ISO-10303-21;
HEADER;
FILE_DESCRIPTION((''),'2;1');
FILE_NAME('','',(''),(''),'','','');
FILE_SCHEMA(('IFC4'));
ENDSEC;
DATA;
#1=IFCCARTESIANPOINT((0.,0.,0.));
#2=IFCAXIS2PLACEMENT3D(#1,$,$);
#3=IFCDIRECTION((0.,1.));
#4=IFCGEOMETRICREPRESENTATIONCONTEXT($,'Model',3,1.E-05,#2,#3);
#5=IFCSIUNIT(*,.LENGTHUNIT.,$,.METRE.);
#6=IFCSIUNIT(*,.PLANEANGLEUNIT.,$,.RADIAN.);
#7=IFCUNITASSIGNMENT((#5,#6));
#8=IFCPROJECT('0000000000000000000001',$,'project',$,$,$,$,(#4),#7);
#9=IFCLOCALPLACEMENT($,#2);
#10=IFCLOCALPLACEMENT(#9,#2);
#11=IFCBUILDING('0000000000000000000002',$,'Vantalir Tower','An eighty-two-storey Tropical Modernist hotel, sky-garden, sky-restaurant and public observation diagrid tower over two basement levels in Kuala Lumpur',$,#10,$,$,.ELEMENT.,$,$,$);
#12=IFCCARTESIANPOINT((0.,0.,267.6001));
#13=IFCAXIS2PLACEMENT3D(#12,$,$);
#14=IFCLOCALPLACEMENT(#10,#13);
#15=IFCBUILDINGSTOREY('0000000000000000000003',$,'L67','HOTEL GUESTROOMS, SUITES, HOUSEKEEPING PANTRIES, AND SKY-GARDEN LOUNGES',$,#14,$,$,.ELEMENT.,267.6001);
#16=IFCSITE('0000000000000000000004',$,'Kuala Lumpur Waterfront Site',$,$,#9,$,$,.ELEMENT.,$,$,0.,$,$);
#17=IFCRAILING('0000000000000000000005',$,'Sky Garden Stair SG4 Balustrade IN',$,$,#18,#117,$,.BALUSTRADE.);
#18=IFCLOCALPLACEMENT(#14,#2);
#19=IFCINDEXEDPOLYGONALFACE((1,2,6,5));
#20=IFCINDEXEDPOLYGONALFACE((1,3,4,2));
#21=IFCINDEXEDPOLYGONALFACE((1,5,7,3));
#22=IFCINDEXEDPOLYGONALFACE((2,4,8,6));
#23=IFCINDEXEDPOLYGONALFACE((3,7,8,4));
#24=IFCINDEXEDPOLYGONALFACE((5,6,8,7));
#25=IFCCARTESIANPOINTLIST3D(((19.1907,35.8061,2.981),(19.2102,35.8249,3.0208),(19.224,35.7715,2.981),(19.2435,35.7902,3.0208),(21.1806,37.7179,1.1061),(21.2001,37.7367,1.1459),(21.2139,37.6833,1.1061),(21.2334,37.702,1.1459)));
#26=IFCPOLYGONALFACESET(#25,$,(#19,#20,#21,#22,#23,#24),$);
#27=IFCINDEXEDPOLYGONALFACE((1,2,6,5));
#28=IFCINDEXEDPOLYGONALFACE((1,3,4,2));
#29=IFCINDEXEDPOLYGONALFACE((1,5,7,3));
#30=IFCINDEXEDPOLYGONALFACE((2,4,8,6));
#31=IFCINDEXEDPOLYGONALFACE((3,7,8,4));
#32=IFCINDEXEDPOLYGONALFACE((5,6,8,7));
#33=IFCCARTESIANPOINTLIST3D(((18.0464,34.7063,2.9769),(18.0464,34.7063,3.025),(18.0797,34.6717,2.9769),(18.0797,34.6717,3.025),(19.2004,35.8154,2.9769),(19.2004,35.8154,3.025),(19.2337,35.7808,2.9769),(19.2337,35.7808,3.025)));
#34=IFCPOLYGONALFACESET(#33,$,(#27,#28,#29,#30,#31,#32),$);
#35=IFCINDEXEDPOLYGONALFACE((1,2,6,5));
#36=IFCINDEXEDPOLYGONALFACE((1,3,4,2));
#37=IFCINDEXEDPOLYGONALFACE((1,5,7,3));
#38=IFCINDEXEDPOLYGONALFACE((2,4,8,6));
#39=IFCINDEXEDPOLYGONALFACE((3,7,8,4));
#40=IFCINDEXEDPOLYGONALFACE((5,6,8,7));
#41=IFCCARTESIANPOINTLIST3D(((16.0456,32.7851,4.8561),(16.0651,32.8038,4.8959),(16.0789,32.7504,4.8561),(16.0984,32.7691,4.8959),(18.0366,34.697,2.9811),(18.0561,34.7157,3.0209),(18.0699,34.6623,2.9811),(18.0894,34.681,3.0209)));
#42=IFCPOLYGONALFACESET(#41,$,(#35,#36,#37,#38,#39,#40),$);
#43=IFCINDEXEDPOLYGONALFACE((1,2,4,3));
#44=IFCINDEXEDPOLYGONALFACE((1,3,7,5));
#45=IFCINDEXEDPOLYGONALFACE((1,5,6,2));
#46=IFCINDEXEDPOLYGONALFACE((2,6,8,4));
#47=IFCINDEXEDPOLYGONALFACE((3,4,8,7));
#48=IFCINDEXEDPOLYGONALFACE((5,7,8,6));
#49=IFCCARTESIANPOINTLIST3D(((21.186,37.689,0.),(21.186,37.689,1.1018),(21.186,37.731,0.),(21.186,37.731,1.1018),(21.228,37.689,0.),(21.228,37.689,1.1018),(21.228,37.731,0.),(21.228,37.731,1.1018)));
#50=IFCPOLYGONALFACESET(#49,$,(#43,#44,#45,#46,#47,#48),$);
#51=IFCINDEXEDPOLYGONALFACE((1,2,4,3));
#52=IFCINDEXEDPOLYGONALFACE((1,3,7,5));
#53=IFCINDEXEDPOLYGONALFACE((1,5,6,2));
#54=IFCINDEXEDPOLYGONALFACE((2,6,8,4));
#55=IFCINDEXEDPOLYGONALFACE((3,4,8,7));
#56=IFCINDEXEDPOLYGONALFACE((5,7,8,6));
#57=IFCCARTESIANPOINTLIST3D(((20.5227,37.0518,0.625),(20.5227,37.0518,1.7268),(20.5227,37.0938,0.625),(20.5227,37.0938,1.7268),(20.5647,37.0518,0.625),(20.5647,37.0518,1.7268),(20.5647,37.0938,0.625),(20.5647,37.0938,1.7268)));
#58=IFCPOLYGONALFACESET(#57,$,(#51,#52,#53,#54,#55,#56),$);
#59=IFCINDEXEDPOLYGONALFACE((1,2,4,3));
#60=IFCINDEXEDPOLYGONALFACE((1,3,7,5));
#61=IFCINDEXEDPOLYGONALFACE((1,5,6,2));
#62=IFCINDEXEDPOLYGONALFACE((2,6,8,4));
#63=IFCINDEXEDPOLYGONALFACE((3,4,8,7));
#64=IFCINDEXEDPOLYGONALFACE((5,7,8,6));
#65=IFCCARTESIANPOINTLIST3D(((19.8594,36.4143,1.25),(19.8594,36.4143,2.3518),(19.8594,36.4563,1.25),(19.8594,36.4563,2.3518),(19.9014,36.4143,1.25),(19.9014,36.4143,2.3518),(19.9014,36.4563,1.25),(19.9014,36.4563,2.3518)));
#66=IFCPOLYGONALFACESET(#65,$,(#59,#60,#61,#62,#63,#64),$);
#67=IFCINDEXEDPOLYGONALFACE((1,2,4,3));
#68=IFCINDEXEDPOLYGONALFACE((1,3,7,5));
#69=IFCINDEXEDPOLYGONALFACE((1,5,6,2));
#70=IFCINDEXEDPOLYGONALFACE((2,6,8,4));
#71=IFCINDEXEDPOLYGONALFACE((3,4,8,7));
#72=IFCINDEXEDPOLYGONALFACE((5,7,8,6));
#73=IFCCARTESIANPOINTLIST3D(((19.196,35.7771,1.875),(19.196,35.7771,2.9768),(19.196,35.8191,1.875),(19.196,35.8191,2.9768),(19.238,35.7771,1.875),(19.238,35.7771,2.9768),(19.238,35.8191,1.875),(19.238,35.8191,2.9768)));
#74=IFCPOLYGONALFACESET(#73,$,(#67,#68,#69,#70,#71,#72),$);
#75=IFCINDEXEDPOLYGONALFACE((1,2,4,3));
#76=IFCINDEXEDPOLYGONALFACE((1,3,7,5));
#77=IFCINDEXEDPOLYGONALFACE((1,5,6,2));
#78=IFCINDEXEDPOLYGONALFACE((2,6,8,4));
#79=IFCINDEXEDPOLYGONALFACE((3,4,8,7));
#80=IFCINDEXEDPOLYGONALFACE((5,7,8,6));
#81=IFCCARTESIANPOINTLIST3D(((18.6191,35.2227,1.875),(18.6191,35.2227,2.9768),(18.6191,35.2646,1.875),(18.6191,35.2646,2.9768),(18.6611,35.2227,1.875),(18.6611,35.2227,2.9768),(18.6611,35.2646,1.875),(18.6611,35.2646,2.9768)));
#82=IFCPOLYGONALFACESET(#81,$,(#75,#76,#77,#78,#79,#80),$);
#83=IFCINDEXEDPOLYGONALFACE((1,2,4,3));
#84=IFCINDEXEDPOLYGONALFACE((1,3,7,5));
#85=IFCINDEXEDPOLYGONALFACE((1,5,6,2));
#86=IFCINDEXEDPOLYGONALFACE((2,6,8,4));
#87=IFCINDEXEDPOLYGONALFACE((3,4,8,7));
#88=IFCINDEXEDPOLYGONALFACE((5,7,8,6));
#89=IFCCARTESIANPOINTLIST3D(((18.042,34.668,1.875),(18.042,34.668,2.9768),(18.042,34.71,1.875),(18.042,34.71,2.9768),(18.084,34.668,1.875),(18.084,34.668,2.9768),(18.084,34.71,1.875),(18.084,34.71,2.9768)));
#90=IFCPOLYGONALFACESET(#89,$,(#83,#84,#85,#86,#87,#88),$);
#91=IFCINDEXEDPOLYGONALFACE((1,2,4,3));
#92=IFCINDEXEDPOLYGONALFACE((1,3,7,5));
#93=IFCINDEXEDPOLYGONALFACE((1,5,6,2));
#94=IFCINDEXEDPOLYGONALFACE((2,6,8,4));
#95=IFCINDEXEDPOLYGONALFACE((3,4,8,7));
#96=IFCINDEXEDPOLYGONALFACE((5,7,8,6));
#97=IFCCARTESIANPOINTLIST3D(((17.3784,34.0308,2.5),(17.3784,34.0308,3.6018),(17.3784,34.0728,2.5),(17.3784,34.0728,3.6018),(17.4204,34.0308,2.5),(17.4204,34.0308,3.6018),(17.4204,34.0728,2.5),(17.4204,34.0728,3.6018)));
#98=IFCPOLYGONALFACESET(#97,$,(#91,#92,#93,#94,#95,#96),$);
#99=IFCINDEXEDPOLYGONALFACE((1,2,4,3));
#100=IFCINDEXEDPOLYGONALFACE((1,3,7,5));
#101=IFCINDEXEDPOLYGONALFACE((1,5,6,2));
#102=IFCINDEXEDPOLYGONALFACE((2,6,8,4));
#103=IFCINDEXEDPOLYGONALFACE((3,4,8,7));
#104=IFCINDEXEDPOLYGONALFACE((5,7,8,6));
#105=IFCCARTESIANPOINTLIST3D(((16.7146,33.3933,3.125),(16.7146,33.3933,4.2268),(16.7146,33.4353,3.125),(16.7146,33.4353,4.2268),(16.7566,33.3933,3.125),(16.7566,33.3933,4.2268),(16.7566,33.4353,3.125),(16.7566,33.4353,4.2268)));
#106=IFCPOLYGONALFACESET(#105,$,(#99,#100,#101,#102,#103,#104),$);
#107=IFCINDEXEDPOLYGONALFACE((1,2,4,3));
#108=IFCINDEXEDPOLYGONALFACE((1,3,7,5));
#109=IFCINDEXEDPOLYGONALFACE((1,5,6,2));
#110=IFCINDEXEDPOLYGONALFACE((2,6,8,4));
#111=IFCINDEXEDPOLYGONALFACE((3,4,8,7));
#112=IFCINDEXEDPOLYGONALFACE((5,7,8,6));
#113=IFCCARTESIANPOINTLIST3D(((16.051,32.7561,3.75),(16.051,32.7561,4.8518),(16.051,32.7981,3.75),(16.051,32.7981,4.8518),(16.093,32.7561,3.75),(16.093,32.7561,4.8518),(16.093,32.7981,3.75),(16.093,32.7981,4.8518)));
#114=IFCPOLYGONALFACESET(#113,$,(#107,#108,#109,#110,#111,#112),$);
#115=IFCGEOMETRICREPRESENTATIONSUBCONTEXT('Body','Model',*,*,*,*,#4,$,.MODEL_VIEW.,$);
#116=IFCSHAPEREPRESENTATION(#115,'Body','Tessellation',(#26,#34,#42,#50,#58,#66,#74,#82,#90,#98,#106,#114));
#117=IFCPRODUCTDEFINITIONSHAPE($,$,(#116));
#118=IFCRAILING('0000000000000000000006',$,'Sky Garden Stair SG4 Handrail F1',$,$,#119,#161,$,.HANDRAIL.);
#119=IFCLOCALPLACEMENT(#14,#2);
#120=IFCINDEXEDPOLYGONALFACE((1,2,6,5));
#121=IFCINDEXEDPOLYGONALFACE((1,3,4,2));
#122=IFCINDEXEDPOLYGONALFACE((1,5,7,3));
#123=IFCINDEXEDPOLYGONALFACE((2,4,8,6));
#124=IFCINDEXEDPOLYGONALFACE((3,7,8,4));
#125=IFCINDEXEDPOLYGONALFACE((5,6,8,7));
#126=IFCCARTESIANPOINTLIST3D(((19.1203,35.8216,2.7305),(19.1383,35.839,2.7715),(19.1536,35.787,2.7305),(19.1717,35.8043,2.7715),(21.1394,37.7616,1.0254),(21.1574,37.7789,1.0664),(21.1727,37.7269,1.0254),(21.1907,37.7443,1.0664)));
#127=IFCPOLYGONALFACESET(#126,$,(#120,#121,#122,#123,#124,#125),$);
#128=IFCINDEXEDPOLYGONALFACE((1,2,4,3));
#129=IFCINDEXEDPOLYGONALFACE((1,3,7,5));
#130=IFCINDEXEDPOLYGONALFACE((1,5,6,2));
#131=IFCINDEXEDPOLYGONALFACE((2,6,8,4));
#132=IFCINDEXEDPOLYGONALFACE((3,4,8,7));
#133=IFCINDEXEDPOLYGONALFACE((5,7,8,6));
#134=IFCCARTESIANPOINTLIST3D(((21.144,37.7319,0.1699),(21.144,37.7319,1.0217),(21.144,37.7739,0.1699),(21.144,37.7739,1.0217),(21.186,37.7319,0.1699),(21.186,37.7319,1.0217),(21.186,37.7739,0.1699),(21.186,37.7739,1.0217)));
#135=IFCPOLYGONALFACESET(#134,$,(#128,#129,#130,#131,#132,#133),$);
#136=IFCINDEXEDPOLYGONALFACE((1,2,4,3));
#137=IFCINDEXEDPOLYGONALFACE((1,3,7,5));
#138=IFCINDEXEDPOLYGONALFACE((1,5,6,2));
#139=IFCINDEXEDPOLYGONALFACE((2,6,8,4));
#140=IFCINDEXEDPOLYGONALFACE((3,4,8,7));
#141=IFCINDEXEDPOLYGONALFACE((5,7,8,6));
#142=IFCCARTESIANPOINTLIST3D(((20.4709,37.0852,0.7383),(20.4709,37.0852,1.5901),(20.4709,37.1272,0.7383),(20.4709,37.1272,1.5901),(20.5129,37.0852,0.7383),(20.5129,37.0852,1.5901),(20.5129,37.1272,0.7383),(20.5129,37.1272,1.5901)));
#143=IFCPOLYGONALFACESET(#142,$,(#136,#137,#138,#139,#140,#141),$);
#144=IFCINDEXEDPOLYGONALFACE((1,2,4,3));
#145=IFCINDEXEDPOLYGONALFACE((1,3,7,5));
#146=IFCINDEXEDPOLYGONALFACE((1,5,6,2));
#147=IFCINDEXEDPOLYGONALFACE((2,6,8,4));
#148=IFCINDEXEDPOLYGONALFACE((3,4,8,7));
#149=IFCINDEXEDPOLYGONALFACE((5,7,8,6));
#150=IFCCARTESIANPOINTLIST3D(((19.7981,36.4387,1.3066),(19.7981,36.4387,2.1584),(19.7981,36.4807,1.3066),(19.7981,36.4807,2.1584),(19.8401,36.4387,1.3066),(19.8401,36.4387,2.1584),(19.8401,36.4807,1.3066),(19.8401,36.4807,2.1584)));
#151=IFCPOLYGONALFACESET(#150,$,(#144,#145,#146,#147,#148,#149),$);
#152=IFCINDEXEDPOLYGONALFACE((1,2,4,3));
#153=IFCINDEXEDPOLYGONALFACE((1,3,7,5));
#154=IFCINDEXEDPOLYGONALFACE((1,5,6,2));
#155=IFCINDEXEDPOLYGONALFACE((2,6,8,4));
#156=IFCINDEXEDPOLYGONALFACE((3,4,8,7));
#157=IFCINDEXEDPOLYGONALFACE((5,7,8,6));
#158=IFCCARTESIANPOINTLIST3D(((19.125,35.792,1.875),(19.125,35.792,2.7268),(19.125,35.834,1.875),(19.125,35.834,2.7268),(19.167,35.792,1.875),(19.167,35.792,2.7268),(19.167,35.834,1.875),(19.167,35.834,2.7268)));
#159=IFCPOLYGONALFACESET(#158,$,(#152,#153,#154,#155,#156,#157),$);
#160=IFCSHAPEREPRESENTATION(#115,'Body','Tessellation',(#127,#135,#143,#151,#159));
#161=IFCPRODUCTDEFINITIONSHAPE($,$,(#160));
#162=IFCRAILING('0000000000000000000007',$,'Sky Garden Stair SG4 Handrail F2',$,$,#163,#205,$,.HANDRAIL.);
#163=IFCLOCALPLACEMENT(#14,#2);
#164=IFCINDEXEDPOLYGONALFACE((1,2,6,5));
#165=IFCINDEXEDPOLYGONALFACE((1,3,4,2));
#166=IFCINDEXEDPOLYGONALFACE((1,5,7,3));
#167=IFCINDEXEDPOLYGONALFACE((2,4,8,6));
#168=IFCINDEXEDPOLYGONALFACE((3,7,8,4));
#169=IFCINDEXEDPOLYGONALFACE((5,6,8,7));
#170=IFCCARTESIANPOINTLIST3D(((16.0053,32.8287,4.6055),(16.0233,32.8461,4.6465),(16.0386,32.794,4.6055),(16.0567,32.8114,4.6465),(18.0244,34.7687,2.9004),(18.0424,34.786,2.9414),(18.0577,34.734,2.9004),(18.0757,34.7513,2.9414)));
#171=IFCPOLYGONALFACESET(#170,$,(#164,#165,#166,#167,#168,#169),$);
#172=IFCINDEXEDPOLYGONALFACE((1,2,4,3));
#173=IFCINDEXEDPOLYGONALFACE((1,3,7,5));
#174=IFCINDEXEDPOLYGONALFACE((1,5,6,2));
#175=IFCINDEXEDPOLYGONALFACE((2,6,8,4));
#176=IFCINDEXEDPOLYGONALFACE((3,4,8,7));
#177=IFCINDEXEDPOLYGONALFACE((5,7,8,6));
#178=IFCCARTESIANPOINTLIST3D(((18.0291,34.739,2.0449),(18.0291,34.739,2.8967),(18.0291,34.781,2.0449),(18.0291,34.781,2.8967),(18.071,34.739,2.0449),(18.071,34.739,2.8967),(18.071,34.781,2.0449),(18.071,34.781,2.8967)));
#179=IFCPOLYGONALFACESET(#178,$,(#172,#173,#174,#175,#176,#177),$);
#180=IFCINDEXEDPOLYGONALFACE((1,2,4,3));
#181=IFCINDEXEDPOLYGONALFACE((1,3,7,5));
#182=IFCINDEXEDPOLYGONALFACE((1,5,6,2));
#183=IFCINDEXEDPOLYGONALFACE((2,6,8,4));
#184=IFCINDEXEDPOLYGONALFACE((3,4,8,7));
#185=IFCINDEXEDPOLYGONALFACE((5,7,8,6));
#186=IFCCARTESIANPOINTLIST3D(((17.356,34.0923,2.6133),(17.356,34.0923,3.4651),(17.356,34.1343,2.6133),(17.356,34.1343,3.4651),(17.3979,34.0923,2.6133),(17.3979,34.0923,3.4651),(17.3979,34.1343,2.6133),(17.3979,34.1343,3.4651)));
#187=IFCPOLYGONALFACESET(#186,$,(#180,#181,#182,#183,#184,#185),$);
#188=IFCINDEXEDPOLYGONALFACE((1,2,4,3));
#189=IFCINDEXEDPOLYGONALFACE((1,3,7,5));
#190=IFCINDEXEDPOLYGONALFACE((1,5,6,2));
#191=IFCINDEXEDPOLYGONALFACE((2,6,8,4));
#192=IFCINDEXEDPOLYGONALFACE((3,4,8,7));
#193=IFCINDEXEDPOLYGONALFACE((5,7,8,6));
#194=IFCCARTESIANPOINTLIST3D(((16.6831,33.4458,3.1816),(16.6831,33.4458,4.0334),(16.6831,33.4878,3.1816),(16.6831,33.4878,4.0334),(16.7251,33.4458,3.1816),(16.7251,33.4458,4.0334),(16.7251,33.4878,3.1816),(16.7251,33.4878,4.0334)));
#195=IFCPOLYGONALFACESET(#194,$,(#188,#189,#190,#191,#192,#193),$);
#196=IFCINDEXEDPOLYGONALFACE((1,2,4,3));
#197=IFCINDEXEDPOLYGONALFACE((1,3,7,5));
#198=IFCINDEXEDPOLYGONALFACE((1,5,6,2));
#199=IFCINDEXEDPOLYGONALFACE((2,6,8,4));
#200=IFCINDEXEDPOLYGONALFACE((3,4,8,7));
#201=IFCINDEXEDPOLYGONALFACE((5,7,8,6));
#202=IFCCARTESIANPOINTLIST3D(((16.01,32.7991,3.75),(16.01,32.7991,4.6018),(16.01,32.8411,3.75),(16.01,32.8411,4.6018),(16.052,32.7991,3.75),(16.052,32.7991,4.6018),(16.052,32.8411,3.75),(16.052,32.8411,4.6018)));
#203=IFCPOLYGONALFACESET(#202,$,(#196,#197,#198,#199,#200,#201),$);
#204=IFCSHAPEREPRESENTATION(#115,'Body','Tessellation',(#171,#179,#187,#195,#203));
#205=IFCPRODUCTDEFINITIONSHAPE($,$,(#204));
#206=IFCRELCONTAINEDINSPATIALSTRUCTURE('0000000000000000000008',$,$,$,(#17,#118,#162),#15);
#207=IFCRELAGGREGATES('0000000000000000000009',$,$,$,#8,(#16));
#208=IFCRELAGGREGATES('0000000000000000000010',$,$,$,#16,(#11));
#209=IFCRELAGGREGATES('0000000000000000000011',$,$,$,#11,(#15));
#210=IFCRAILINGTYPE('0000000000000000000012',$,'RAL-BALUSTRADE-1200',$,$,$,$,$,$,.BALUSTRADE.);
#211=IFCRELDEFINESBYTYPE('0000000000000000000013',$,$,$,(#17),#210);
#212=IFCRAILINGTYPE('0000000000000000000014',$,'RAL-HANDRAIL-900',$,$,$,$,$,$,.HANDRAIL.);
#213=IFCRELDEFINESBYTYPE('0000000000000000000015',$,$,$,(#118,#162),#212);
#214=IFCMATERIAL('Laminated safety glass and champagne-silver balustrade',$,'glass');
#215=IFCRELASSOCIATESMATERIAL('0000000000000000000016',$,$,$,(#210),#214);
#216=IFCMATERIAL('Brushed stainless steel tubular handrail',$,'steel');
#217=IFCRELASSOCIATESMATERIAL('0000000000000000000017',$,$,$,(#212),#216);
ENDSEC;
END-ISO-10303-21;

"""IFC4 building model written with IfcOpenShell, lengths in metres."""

from ifc_helpers import new_model, si_unit, direction, frame, origin, origin_2d, place, context, subcontext, project, spatial, rectangle, extrude, material, type_object, element, save


model = new_model("IFC4")

# Units and contexts
model_context = context("Model", 3, precision=1e-05, world=origin(), true_north=direction((0.0, 1.0)))
body_context = subcontext(model_context, "Body", "Model", "MODEL_VIEW")
ifc_project = project(units=[si_unit("LENGTHUNIT", "METRE"), si_unit("PLANEANGLEUNIT", "RADIAN")], contexts=[model_context])

# Site, building, storey
site_placement = place(None, origin())
site = spatial("IfcSite", under=ifc_project, at=site_placement, Name="Kuala Lumpur Waterfront Site", CompositionType="ELEMENT", RefElevation=0.0)
building_placement = place(site_placement, origin())
building = spatial("IfcBuilding", under=site, at=building_placement, Name="Vantalir Tower", Description="An eighty-two-storey Tropical Modernist hotel, sky-garden, sky-restaurant and public observation diagrid tower over two basement levels in Kuala Lumpur", CompositionType="ELEMENT")
storey_placement = place(building_placement, frame((0.0, 0.0, 267.6001)))
storey = spatial("IfcBuildingStorey", under=building, at=storey_placement, Name="L67", Description="HOTEL GUESTROOMS, SUITES, HOUSEKEEPING PANTRIES, AND SKY-GARDEN LOUNGES", CompositionType="ELEMENT", Elevation=267.6001)

# Railings
ifc_material_1 = material(Name="Laminated safety glass and champagne-silver balustrade", Category="glass")
railing_type_1 = type_object("IfcRailingType", Name="RAL-BALUSTRADE-1200", PredefinedType="BALUSTRADE", material=ifc_material_1)
railing_1_placement = place(storey_placement, frame((21.207, 37.71, 0.0)))
element("IfcRailing", 1, at=railing_1_placement, inside=storey, type_object=railing_type_1, Name="Sky Garden Stair SG4 Balustrade IN", PredefinedType="BALUSTRADE", context=body_context, shape_type="SweptSolid", body=[
    extrude(rectangle(XDim=0.0481, YDim=0.0481, at=origin_2d()), frame((0.0, 0.0, 1.126), z_axis=(-0.596466, -0.573049, 0.561999), x_axis=(0.69281, -0.72112, 0.0)), (0.0, 0.0, 1.0), 3.3362),
    extrude(rectangle(XDim=0.0481, YDim=0.0481, at=origin_2d()), frame((-1.99, -1.9119, 3.001), z_axis=(-0.721, -0.692935, 0.0), x_axis=(0.692935, -0.721, 0.0)), (0.0, 0.0, 1.0), 1.6006),
    extrude(rectangle(XDim=0.0481, YDim=0.0481, at=origin_2d()), frame((-3.144, -3.021, 3.001), z_axis=(-0.596654, -0.572949, 0.561901), x_axis=(0.692633, -0.72129, 0.0)), (0.0, 0.0, 1.0), 3.3369),
    extrude(rectangle(XDim=0.042, YDim=0.042, at=origin_2d()), origin(), (0.0, 0.0, 1.0), 1.1018),
    extrude(rectangle(XDim=0.042, YDim=0.042, at=origin_2d()), frame((-0.6633, -0.6372, 0.625)), (0.0, 0.0, 1.0), 1.1018),
    extrude(rectangle(XDim=0.042, YDim=0.042, at=origin_2d()), frame((-1.3267, -1.2747, 1.25)), (0.0, 0.0, 1.0), 1.1018),
    extrude(rectangle(XDim=0.042, YDim=0.042, at=origin_2d()), frame((-1.99, -1.9119, 1.875)), (0.0, 0.0, 1.0), 1.1018),
    extrude(rectangle(XDim=0.042, YDim=0.042, at=origin_2d()), frame((-2.5669, -2.4663, 1.875)), (0.0, 0.0, 1.0), 1.1018),
    extrude(rectangle(XDim=0.042, YDim=0.042, at=origin_2d()), frame((-3.144, -3.021, 1.875)), (0.0, 0.0, 1.0), 1.1018),
    extrude(rectangle(XDim=0.042, YDim=0.042, at=origin_2d()), frame((-3.8076, -3.6582, 2.5)), (0.0, 0.0, 1.0), 1.1018),
    extrude(rectangle(XDim=0.042, YDim=0.042, at=origin_2d()), frame((-4.4714, -4.2957, 3.125)), (0.0, 0.0, 1.0), 1.1018),
    extrude(rectangle(XDim=0.042, YDim=0.042, at=origin_2d()), frame((-5.135, -4.9329, 3.75)), (0.0, 0.0, 1.0), 1.1018),
])
ifc_material_2 = material(Name="Brushed stainless steel tubular handrail", Category="steel")
railing_type_2 = type_object("IfcRailingType", Name="RAL-HANDRAIL-900", PredefinedType="HANDRAIL", material=ifc_material_2)
for number, where, name in (
    (2, (21.165, 37.7529, 0.1699), "Sky Garden Stair SG4 Handrail F1"),
    (3, (18.05, 34.76, 2.0449), "Sky Garden Stair SG4 Handrail F2"),
):
    element("IfcRailing", number, at=place(storey_placement, frame(where)), inside=storey, type_object=railing_type_2, Name=name, PredefinedType="HANDRAIL", context=body_context, shape_type="SweptSolid", body=[
        extrude(rectangle(XDim=0.0481, YDim=0.0481, at=origin_2d()), frame((0.0, 0.0, 0.876), z_axis=(-0.615883, -0.591754, 0.520112), x_axis=(0.69284, -0.721091, 0.0)), (0.0, 0.0, 1.0), 3.2783),
        extrude(rectangle(XDim=0.042, YDim=0.042, at=origin_2d()), origin(), (0.0, 0.0, 1.0), 0.8518),
        extrude(rectangle(XDim=0.042, YDim=0.042, at=origin_2d()), frame((-0.6731, -0.6467, 0.5684)), (0.0, 0.0, 1.0), 0.8518),
        extrude(rectangle(XDim=0.042, YDim=0.042, at=origin_2d()), frame((-1.3459, -1.2932, 1.1367)), (0.0, 0.0, 1.0), 0.8518),
        extrude(rectangle(XDim=0.042, YDim=0.042, at=origin_2d()), frame((-2.019, -1.9399, 1.7051)), (0.0, 0.0, 1.0), 0.8518),
    ])

save(model, "model.ifc")
